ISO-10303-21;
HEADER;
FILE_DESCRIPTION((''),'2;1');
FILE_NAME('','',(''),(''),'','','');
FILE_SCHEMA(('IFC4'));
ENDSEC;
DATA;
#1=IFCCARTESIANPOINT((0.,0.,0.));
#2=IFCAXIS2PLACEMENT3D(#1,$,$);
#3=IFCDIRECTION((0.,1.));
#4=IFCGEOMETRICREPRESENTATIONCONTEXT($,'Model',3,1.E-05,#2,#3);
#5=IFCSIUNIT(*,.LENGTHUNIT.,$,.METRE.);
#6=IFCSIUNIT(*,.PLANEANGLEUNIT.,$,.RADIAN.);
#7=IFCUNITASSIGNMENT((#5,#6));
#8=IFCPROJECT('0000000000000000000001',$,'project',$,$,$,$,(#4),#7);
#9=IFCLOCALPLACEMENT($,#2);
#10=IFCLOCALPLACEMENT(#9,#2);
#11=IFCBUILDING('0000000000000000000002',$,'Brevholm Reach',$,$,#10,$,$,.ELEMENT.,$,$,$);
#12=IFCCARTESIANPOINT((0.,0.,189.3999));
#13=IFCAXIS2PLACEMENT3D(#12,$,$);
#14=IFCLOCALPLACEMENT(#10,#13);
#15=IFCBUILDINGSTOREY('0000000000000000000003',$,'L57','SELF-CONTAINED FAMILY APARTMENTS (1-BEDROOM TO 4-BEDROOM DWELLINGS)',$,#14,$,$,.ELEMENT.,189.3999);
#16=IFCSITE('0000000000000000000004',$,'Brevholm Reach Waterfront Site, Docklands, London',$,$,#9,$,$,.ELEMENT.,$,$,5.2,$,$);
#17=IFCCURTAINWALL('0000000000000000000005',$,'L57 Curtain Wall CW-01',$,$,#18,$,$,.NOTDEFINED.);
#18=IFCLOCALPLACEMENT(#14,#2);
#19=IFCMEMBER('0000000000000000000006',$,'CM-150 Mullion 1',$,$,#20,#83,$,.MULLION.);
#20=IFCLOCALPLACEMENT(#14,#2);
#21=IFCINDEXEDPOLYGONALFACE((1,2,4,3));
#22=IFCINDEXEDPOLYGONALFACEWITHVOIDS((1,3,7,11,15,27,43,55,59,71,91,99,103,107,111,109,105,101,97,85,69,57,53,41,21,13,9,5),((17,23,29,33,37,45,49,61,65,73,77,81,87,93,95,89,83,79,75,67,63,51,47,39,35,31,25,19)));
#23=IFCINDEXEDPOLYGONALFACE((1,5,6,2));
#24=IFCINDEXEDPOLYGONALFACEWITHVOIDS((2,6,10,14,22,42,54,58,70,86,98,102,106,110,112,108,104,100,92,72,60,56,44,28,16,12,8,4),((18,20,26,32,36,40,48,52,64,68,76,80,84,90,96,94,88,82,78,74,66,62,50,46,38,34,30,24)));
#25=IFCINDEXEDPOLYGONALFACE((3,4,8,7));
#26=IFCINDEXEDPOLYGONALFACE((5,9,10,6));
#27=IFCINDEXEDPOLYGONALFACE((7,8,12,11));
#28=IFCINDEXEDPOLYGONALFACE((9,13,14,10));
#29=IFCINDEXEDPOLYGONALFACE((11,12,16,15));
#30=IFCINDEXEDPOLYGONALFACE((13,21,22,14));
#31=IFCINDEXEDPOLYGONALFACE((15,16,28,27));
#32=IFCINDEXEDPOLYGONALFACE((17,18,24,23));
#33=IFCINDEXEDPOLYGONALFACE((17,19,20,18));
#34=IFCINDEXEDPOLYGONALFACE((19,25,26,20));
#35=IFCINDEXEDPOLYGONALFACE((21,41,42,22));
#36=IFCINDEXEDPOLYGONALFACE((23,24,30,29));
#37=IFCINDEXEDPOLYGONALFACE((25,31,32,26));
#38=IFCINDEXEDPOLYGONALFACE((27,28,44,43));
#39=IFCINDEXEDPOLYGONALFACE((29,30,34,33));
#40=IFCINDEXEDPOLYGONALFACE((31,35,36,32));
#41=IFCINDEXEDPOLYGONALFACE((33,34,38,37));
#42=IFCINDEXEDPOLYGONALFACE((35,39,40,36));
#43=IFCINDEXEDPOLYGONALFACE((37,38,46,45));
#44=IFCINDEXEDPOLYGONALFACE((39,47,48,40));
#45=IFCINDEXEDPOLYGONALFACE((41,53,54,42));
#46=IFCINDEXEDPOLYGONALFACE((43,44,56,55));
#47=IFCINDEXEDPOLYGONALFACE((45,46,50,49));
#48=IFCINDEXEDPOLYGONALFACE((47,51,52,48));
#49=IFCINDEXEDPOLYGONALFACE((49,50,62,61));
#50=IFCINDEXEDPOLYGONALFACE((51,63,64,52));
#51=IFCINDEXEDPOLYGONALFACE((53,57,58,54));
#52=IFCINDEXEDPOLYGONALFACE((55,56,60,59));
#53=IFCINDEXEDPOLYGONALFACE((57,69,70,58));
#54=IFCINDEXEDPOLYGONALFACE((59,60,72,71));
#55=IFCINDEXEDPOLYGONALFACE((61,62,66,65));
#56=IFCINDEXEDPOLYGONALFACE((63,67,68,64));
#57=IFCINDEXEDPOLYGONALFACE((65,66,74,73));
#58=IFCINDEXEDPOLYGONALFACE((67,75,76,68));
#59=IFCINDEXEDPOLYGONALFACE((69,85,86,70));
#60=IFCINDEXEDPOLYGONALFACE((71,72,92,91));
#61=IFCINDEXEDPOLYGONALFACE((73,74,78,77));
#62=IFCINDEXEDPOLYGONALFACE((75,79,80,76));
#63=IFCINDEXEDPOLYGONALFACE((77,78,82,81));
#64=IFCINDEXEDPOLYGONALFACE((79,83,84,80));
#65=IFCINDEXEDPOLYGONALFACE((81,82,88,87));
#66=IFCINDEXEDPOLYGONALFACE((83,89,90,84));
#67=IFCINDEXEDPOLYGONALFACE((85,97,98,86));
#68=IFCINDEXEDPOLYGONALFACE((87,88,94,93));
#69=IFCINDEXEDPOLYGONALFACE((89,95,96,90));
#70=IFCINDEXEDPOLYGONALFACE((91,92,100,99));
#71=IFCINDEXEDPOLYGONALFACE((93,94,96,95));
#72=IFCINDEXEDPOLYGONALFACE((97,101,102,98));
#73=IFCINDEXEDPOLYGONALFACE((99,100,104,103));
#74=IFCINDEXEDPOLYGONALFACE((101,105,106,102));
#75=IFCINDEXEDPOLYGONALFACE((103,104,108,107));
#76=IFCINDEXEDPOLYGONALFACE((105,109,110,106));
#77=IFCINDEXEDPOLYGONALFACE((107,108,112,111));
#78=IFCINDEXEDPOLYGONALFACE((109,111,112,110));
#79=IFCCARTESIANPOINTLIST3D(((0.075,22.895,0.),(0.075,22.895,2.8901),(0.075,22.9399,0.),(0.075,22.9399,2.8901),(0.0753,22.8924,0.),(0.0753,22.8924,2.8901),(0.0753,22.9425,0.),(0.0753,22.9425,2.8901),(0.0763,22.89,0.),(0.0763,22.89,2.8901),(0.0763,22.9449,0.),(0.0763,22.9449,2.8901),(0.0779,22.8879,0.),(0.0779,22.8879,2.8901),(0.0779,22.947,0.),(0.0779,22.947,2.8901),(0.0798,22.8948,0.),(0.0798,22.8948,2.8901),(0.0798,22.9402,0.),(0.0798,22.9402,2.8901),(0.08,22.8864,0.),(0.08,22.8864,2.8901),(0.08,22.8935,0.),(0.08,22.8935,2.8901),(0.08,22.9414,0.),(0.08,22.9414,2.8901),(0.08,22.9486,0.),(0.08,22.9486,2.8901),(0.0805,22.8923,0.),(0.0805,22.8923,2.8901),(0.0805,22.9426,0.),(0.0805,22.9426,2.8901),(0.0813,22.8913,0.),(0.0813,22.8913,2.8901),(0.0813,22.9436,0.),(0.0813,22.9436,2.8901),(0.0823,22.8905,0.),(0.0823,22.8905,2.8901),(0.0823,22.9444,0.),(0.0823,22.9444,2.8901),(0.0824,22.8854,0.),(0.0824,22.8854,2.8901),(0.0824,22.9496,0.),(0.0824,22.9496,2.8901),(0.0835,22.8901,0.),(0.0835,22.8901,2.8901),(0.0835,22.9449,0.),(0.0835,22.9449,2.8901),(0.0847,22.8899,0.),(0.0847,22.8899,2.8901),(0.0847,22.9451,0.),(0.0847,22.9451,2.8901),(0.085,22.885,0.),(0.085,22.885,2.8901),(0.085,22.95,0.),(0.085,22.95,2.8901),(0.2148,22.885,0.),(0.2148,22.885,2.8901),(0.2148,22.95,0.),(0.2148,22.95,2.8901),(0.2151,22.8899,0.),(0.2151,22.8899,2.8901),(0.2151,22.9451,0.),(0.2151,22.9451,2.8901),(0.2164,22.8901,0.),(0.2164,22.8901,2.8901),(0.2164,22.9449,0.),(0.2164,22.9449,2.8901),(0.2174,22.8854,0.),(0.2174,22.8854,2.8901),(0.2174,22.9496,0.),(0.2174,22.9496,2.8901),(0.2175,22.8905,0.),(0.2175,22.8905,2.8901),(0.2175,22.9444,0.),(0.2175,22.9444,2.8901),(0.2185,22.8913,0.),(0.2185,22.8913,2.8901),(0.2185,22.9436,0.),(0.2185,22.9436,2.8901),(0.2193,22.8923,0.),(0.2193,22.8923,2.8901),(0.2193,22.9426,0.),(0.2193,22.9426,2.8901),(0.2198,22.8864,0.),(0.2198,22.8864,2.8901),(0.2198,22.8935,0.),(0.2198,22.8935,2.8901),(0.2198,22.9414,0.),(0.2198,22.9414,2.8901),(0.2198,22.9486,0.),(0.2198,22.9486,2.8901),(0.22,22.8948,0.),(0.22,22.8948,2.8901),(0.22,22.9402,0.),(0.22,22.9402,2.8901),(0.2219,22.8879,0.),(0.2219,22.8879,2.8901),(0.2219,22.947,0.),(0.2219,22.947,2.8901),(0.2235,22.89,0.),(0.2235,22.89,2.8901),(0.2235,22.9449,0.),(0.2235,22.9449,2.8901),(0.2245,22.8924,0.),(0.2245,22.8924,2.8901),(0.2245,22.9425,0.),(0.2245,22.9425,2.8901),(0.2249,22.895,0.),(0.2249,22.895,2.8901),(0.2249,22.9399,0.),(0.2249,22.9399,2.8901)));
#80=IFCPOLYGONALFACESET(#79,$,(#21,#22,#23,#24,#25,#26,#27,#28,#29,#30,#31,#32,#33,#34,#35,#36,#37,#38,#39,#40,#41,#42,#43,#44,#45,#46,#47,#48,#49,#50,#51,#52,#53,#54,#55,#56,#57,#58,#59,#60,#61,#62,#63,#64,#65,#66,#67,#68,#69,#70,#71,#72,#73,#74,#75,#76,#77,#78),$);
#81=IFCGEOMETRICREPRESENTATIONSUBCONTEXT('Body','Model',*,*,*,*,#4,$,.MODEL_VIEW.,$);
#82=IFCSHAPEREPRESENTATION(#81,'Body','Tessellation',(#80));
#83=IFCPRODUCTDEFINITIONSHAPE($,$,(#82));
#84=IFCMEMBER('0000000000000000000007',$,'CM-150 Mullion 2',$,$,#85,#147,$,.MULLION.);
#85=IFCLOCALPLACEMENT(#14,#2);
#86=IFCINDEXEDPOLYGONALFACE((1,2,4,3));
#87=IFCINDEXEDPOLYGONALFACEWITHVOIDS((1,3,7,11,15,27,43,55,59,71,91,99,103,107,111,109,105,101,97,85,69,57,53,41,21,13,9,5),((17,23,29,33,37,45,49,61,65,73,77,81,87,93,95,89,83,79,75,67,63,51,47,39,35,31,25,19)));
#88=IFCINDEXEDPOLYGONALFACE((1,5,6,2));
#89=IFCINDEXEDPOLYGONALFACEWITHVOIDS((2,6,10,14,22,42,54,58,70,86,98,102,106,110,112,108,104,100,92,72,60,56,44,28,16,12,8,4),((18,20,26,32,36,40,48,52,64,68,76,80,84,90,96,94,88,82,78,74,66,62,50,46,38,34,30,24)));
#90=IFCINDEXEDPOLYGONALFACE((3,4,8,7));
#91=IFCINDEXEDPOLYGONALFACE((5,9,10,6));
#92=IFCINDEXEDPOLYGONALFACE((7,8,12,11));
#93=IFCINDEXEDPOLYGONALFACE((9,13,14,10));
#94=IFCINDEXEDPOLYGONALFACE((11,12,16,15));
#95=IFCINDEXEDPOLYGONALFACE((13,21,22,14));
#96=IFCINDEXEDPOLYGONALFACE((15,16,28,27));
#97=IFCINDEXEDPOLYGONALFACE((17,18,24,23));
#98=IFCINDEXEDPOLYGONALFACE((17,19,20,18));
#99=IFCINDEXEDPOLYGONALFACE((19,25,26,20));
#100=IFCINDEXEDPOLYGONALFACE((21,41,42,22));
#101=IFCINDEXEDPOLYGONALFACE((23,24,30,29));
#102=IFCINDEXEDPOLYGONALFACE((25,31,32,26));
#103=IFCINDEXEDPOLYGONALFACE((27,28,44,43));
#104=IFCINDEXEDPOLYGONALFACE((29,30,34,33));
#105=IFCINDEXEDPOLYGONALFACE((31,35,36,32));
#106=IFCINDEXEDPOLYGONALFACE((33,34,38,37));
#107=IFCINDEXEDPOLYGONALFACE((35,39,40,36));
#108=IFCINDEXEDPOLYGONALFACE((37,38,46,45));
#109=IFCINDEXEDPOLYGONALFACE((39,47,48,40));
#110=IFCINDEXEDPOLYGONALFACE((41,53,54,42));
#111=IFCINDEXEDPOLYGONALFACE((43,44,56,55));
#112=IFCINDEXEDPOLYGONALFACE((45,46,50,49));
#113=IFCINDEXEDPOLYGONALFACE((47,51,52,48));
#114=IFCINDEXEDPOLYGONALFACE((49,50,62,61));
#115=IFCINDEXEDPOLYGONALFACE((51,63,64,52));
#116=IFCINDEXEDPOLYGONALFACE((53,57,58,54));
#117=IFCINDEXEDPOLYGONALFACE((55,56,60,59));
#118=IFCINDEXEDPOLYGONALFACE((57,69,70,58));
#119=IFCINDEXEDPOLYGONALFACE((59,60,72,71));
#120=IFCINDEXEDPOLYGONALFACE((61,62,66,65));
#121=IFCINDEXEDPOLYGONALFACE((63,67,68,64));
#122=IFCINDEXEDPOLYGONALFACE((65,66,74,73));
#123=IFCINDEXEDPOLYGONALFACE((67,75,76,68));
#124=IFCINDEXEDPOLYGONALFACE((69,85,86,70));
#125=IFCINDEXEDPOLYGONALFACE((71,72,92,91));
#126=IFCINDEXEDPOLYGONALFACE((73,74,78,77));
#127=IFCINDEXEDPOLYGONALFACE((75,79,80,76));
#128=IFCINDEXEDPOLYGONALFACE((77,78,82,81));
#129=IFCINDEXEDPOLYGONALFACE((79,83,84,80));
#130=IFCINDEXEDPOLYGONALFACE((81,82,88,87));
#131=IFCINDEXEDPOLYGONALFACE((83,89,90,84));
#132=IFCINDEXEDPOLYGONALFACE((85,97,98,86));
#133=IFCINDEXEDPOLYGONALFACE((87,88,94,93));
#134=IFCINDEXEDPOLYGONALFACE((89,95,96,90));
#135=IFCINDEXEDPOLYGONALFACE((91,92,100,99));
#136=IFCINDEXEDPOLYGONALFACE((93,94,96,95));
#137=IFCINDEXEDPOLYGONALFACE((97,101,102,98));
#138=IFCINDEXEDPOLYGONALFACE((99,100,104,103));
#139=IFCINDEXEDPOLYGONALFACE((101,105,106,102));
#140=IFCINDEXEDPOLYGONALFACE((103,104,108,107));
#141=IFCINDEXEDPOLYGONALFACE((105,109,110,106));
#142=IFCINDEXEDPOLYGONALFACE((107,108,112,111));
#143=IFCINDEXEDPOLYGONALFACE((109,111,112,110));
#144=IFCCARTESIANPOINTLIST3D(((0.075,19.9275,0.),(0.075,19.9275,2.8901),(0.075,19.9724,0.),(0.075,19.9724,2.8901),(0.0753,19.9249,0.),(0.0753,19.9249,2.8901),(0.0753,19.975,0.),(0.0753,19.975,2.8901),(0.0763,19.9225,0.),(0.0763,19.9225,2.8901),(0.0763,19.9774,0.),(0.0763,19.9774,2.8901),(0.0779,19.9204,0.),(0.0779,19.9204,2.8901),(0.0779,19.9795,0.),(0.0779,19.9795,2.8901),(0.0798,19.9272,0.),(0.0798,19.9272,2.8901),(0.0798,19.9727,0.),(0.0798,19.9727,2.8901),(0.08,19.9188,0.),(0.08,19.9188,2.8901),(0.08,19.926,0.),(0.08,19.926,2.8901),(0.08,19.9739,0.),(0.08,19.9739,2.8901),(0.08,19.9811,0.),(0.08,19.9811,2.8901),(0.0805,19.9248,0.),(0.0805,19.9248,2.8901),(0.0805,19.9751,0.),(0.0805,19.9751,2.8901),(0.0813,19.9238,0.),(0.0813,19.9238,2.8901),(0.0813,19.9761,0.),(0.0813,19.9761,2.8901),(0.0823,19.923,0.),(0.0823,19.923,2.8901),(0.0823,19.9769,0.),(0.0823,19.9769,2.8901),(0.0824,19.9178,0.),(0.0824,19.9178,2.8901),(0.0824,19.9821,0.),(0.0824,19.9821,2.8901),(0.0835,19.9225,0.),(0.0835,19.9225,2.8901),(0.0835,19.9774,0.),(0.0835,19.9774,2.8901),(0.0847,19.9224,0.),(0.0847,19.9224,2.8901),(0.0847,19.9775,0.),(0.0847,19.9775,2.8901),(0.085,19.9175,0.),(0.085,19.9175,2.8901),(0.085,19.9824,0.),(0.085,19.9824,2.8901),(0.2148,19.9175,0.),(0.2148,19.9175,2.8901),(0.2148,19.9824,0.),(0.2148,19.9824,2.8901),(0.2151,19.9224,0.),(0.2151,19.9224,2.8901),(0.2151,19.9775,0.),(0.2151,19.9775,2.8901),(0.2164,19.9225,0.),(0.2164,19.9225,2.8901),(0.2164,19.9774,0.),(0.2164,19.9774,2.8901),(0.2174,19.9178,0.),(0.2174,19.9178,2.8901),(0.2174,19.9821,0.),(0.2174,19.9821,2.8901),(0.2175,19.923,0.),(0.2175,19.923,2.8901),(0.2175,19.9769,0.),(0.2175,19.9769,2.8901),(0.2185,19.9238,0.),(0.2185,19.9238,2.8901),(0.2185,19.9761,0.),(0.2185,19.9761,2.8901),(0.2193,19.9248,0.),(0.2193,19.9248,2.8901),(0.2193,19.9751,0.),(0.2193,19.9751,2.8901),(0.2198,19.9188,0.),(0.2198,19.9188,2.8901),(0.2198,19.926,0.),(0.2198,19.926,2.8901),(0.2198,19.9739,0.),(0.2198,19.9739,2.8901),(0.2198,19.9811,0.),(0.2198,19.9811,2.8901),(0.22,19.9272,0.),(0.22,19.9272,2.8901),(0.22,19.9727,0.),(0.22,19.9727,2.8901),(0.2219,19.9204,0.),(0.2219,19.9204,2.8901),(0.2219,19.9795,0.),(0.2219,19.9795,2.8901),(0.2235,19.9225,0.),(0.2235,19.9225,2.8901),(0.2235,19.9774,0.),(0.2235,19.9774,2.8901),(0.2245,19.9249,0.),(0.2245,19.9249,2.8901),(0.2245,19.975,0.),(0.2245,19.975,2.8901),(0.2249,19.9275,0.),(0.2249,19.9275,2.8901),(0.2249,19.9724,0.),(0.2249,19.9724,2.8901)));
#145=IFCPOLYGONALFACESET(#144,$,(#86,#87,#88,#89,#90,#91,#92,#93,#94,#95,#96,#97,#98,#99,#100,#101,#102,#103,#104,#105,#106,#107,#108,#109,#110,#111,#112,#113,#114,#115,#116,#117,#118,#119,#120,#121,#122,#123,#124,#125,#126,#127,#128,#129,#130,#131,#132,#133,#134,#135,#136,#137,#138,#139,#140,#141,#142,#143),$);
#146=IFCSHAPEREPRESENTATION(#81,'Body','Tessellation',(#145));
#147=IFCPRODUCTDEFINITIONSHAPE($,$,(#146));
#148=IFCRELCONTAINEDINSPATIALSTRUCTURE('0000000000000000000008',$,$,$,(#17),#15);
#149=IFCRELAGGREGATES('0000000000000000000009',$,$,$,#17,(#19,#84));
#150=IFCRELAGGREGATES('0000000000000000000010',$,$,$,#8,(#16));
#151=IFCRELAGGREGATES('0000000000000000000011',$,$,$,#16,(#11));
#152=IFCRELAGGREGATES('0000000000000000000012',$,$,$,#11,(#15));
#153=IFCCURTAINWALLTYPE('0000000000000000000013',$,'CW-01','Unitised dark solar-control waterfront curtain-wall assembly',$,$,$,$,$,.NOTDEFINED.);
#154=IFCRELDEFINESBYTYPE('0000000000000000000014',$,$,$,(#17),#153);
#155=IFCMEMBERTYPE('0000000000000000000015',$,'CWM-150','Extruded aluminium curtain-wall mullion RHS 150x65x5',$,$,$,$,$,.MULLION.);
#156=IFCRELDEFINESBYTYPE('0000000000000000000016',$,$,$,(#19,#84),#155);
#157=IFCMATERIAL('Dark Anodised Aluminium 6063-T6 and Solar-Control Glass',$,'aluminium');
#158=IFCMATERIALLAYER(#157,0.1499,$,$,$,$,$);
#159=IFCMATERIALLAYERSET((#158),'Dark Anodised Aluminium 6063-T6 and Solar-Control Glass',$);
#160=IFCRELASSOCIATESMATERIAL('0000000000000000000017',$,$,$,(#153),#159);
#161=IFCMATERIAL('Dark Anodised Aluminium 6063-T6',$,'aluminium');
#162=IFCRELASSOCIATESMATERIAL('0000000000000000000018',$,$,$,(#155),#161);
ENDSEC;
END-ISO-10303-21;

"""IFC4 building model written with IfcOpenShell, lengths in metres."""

from ifc_helpers import new_model, si_unit, direction, frame, origin, origin_2d, place, context, subcontext, project, spatial, hollow_rectangle, extrude, material, layer, layer_set, material_profile, profile_set, type_object, element, aggregate, save


model = new_model("IFC4")

# Units and contexts
model_context = context("Model", 3, precision=1e-05, world=origin(), true_north=direction((0.0, 1.0)))
body_context = subcontext(model_context, "Body", "Model", "MODEL_VIEW")
ifc_project = project(units=[si_unit("LENGTHUNIT", "METRE"), si_unit("PLANEANGLEUNIT", "RADIAN")], contexts=[model_context])

# Site, building, storey
site_placement = place(None, origin())
site = spatial("IfcSite", under=ifc_project, at=site_placement, Name="Brevholm Reach Waterfront Site, Docklands, London", CompositionType="ELEMENT", RefElevation=5.2)
building_placement = place(site_placement, origin())
building = spatial("IfcBuilding", under=site, at=building_placement, Name="Brevholm Reach", CompositionType="ELEMENT")
storey_placement = place(building_placement, frame((0.0, 0.0, 189.3999)))
storey = spatial("IfcBuildingStorey", under=building, at=storey_placement, Name="L57", Description="SELF-CONTAINED FAMILY APARTMENTS (1-BEDROOM TO 4-BEDROOM DWELLINGS)", CompositionType="ELEMENT", Elevation=189.3999)

# Curtain wall, members
ifc_material_1 = material(Name="Dark Anodised Aluminium 6063-T6 and Solar-Control Glass", Category="aluminium")
ifc_layer_1 = layer(ifc_material_1, 0.1499)
ifc_layer_set_1 = layer_set([ifc_layer_1], Name="Dark Anodised Aluminium 6063-T6 and Solar-Control Glass")
curtain_wall_type = type_object("IfcCurtainWallType", Name="CW-01", Description="Unitised dark solar-control waterfront curtain-wall assembly", PredefinedType="NOTDEFINED", material=ifc_layer_set_1)
curtain_wall_placement = place(storey_placement, origin())
curtain_wall = element("IfcCurtainWall", 1, at=curtain_wall_placement, inside=storey, type_object=curtain_wall_type, Name="L57 Curtain Wall CW-01", PredefinedType="NOTDEFINED")
ifc_material_2 = material(Name="Dark Anodised Aluminium 6063-T6", Category="aluminium")
ifc_material_profile_1 = material_profile(ifc_material_2, hollow_rectangle(XDim=0.0649, YDim=0.1499, WallThickness=0.0049, InnerFilletRadius=0.0049, OuterFilletRadius=0.01, at=origin_2d()), Name="RHS 150x65x5")
ifc_profile_set_1 = profile_set([ifc_material_profile_1], Name="Dark Anodised Aluminium 6063-T6")
member_type_1 = type_object("IfcMemberType", Name="CWM-150", Description="Extruded aluminium curtain-wall mullion RHS 150x65x5", PredefinedType="MULLION", material=ifc_profile_set_1)
member_1_placement = place(storey_placement, frame((0.1499, 22.9175, 0.0), z_axis=(0.0, 0.0, 1.0), x_axis=(0.0, -1.0, 0.0)))
member_1 = element("IfcMember", 2, at=member_1_placement, type_object=member_type_1, Name="CM-150 Mullion 1", PredefinedType="MULLION", context=body_context, shape_type="SweptSolid", body=[
    extrude(hollow_rectangle(XDim=0.0649, YDim=0.1499, WallThickness=0.0049, InnerFilletRadius=0.0049, OuterFilletRadius=0.01, at=origin_2d()), origin(), (0.0, 0.0, 1.0), 2.8901),
])
member_2_placement = place(storey_placement, frame((0.1499, 19.95, 0.0), z_axis=(0.0, 0.0, 1.0), x_axis=(0.0, -1.0, 0.0)))
member_2 = element("IfcMember", 3, at=member_2_placement, type_object=member_type_1, Name="CM-150 Mullion 2", PredefinedType="MULLION", context=body_context, shape_type="SweptSolid", body=[
    extrude(hollow_rectangle(XDim=0.0649, YDim=0.1499, WallThickness=0.0049, InnerFilletRadius=0.0049, OuterFilletRadius=0.01, at=origin_2d()), origin(), (0.0, 0.0, 1.0), 2.8901),
])
aggregate(curtain_wall, [member_1, member_2])

save(model, "model.ifc")
